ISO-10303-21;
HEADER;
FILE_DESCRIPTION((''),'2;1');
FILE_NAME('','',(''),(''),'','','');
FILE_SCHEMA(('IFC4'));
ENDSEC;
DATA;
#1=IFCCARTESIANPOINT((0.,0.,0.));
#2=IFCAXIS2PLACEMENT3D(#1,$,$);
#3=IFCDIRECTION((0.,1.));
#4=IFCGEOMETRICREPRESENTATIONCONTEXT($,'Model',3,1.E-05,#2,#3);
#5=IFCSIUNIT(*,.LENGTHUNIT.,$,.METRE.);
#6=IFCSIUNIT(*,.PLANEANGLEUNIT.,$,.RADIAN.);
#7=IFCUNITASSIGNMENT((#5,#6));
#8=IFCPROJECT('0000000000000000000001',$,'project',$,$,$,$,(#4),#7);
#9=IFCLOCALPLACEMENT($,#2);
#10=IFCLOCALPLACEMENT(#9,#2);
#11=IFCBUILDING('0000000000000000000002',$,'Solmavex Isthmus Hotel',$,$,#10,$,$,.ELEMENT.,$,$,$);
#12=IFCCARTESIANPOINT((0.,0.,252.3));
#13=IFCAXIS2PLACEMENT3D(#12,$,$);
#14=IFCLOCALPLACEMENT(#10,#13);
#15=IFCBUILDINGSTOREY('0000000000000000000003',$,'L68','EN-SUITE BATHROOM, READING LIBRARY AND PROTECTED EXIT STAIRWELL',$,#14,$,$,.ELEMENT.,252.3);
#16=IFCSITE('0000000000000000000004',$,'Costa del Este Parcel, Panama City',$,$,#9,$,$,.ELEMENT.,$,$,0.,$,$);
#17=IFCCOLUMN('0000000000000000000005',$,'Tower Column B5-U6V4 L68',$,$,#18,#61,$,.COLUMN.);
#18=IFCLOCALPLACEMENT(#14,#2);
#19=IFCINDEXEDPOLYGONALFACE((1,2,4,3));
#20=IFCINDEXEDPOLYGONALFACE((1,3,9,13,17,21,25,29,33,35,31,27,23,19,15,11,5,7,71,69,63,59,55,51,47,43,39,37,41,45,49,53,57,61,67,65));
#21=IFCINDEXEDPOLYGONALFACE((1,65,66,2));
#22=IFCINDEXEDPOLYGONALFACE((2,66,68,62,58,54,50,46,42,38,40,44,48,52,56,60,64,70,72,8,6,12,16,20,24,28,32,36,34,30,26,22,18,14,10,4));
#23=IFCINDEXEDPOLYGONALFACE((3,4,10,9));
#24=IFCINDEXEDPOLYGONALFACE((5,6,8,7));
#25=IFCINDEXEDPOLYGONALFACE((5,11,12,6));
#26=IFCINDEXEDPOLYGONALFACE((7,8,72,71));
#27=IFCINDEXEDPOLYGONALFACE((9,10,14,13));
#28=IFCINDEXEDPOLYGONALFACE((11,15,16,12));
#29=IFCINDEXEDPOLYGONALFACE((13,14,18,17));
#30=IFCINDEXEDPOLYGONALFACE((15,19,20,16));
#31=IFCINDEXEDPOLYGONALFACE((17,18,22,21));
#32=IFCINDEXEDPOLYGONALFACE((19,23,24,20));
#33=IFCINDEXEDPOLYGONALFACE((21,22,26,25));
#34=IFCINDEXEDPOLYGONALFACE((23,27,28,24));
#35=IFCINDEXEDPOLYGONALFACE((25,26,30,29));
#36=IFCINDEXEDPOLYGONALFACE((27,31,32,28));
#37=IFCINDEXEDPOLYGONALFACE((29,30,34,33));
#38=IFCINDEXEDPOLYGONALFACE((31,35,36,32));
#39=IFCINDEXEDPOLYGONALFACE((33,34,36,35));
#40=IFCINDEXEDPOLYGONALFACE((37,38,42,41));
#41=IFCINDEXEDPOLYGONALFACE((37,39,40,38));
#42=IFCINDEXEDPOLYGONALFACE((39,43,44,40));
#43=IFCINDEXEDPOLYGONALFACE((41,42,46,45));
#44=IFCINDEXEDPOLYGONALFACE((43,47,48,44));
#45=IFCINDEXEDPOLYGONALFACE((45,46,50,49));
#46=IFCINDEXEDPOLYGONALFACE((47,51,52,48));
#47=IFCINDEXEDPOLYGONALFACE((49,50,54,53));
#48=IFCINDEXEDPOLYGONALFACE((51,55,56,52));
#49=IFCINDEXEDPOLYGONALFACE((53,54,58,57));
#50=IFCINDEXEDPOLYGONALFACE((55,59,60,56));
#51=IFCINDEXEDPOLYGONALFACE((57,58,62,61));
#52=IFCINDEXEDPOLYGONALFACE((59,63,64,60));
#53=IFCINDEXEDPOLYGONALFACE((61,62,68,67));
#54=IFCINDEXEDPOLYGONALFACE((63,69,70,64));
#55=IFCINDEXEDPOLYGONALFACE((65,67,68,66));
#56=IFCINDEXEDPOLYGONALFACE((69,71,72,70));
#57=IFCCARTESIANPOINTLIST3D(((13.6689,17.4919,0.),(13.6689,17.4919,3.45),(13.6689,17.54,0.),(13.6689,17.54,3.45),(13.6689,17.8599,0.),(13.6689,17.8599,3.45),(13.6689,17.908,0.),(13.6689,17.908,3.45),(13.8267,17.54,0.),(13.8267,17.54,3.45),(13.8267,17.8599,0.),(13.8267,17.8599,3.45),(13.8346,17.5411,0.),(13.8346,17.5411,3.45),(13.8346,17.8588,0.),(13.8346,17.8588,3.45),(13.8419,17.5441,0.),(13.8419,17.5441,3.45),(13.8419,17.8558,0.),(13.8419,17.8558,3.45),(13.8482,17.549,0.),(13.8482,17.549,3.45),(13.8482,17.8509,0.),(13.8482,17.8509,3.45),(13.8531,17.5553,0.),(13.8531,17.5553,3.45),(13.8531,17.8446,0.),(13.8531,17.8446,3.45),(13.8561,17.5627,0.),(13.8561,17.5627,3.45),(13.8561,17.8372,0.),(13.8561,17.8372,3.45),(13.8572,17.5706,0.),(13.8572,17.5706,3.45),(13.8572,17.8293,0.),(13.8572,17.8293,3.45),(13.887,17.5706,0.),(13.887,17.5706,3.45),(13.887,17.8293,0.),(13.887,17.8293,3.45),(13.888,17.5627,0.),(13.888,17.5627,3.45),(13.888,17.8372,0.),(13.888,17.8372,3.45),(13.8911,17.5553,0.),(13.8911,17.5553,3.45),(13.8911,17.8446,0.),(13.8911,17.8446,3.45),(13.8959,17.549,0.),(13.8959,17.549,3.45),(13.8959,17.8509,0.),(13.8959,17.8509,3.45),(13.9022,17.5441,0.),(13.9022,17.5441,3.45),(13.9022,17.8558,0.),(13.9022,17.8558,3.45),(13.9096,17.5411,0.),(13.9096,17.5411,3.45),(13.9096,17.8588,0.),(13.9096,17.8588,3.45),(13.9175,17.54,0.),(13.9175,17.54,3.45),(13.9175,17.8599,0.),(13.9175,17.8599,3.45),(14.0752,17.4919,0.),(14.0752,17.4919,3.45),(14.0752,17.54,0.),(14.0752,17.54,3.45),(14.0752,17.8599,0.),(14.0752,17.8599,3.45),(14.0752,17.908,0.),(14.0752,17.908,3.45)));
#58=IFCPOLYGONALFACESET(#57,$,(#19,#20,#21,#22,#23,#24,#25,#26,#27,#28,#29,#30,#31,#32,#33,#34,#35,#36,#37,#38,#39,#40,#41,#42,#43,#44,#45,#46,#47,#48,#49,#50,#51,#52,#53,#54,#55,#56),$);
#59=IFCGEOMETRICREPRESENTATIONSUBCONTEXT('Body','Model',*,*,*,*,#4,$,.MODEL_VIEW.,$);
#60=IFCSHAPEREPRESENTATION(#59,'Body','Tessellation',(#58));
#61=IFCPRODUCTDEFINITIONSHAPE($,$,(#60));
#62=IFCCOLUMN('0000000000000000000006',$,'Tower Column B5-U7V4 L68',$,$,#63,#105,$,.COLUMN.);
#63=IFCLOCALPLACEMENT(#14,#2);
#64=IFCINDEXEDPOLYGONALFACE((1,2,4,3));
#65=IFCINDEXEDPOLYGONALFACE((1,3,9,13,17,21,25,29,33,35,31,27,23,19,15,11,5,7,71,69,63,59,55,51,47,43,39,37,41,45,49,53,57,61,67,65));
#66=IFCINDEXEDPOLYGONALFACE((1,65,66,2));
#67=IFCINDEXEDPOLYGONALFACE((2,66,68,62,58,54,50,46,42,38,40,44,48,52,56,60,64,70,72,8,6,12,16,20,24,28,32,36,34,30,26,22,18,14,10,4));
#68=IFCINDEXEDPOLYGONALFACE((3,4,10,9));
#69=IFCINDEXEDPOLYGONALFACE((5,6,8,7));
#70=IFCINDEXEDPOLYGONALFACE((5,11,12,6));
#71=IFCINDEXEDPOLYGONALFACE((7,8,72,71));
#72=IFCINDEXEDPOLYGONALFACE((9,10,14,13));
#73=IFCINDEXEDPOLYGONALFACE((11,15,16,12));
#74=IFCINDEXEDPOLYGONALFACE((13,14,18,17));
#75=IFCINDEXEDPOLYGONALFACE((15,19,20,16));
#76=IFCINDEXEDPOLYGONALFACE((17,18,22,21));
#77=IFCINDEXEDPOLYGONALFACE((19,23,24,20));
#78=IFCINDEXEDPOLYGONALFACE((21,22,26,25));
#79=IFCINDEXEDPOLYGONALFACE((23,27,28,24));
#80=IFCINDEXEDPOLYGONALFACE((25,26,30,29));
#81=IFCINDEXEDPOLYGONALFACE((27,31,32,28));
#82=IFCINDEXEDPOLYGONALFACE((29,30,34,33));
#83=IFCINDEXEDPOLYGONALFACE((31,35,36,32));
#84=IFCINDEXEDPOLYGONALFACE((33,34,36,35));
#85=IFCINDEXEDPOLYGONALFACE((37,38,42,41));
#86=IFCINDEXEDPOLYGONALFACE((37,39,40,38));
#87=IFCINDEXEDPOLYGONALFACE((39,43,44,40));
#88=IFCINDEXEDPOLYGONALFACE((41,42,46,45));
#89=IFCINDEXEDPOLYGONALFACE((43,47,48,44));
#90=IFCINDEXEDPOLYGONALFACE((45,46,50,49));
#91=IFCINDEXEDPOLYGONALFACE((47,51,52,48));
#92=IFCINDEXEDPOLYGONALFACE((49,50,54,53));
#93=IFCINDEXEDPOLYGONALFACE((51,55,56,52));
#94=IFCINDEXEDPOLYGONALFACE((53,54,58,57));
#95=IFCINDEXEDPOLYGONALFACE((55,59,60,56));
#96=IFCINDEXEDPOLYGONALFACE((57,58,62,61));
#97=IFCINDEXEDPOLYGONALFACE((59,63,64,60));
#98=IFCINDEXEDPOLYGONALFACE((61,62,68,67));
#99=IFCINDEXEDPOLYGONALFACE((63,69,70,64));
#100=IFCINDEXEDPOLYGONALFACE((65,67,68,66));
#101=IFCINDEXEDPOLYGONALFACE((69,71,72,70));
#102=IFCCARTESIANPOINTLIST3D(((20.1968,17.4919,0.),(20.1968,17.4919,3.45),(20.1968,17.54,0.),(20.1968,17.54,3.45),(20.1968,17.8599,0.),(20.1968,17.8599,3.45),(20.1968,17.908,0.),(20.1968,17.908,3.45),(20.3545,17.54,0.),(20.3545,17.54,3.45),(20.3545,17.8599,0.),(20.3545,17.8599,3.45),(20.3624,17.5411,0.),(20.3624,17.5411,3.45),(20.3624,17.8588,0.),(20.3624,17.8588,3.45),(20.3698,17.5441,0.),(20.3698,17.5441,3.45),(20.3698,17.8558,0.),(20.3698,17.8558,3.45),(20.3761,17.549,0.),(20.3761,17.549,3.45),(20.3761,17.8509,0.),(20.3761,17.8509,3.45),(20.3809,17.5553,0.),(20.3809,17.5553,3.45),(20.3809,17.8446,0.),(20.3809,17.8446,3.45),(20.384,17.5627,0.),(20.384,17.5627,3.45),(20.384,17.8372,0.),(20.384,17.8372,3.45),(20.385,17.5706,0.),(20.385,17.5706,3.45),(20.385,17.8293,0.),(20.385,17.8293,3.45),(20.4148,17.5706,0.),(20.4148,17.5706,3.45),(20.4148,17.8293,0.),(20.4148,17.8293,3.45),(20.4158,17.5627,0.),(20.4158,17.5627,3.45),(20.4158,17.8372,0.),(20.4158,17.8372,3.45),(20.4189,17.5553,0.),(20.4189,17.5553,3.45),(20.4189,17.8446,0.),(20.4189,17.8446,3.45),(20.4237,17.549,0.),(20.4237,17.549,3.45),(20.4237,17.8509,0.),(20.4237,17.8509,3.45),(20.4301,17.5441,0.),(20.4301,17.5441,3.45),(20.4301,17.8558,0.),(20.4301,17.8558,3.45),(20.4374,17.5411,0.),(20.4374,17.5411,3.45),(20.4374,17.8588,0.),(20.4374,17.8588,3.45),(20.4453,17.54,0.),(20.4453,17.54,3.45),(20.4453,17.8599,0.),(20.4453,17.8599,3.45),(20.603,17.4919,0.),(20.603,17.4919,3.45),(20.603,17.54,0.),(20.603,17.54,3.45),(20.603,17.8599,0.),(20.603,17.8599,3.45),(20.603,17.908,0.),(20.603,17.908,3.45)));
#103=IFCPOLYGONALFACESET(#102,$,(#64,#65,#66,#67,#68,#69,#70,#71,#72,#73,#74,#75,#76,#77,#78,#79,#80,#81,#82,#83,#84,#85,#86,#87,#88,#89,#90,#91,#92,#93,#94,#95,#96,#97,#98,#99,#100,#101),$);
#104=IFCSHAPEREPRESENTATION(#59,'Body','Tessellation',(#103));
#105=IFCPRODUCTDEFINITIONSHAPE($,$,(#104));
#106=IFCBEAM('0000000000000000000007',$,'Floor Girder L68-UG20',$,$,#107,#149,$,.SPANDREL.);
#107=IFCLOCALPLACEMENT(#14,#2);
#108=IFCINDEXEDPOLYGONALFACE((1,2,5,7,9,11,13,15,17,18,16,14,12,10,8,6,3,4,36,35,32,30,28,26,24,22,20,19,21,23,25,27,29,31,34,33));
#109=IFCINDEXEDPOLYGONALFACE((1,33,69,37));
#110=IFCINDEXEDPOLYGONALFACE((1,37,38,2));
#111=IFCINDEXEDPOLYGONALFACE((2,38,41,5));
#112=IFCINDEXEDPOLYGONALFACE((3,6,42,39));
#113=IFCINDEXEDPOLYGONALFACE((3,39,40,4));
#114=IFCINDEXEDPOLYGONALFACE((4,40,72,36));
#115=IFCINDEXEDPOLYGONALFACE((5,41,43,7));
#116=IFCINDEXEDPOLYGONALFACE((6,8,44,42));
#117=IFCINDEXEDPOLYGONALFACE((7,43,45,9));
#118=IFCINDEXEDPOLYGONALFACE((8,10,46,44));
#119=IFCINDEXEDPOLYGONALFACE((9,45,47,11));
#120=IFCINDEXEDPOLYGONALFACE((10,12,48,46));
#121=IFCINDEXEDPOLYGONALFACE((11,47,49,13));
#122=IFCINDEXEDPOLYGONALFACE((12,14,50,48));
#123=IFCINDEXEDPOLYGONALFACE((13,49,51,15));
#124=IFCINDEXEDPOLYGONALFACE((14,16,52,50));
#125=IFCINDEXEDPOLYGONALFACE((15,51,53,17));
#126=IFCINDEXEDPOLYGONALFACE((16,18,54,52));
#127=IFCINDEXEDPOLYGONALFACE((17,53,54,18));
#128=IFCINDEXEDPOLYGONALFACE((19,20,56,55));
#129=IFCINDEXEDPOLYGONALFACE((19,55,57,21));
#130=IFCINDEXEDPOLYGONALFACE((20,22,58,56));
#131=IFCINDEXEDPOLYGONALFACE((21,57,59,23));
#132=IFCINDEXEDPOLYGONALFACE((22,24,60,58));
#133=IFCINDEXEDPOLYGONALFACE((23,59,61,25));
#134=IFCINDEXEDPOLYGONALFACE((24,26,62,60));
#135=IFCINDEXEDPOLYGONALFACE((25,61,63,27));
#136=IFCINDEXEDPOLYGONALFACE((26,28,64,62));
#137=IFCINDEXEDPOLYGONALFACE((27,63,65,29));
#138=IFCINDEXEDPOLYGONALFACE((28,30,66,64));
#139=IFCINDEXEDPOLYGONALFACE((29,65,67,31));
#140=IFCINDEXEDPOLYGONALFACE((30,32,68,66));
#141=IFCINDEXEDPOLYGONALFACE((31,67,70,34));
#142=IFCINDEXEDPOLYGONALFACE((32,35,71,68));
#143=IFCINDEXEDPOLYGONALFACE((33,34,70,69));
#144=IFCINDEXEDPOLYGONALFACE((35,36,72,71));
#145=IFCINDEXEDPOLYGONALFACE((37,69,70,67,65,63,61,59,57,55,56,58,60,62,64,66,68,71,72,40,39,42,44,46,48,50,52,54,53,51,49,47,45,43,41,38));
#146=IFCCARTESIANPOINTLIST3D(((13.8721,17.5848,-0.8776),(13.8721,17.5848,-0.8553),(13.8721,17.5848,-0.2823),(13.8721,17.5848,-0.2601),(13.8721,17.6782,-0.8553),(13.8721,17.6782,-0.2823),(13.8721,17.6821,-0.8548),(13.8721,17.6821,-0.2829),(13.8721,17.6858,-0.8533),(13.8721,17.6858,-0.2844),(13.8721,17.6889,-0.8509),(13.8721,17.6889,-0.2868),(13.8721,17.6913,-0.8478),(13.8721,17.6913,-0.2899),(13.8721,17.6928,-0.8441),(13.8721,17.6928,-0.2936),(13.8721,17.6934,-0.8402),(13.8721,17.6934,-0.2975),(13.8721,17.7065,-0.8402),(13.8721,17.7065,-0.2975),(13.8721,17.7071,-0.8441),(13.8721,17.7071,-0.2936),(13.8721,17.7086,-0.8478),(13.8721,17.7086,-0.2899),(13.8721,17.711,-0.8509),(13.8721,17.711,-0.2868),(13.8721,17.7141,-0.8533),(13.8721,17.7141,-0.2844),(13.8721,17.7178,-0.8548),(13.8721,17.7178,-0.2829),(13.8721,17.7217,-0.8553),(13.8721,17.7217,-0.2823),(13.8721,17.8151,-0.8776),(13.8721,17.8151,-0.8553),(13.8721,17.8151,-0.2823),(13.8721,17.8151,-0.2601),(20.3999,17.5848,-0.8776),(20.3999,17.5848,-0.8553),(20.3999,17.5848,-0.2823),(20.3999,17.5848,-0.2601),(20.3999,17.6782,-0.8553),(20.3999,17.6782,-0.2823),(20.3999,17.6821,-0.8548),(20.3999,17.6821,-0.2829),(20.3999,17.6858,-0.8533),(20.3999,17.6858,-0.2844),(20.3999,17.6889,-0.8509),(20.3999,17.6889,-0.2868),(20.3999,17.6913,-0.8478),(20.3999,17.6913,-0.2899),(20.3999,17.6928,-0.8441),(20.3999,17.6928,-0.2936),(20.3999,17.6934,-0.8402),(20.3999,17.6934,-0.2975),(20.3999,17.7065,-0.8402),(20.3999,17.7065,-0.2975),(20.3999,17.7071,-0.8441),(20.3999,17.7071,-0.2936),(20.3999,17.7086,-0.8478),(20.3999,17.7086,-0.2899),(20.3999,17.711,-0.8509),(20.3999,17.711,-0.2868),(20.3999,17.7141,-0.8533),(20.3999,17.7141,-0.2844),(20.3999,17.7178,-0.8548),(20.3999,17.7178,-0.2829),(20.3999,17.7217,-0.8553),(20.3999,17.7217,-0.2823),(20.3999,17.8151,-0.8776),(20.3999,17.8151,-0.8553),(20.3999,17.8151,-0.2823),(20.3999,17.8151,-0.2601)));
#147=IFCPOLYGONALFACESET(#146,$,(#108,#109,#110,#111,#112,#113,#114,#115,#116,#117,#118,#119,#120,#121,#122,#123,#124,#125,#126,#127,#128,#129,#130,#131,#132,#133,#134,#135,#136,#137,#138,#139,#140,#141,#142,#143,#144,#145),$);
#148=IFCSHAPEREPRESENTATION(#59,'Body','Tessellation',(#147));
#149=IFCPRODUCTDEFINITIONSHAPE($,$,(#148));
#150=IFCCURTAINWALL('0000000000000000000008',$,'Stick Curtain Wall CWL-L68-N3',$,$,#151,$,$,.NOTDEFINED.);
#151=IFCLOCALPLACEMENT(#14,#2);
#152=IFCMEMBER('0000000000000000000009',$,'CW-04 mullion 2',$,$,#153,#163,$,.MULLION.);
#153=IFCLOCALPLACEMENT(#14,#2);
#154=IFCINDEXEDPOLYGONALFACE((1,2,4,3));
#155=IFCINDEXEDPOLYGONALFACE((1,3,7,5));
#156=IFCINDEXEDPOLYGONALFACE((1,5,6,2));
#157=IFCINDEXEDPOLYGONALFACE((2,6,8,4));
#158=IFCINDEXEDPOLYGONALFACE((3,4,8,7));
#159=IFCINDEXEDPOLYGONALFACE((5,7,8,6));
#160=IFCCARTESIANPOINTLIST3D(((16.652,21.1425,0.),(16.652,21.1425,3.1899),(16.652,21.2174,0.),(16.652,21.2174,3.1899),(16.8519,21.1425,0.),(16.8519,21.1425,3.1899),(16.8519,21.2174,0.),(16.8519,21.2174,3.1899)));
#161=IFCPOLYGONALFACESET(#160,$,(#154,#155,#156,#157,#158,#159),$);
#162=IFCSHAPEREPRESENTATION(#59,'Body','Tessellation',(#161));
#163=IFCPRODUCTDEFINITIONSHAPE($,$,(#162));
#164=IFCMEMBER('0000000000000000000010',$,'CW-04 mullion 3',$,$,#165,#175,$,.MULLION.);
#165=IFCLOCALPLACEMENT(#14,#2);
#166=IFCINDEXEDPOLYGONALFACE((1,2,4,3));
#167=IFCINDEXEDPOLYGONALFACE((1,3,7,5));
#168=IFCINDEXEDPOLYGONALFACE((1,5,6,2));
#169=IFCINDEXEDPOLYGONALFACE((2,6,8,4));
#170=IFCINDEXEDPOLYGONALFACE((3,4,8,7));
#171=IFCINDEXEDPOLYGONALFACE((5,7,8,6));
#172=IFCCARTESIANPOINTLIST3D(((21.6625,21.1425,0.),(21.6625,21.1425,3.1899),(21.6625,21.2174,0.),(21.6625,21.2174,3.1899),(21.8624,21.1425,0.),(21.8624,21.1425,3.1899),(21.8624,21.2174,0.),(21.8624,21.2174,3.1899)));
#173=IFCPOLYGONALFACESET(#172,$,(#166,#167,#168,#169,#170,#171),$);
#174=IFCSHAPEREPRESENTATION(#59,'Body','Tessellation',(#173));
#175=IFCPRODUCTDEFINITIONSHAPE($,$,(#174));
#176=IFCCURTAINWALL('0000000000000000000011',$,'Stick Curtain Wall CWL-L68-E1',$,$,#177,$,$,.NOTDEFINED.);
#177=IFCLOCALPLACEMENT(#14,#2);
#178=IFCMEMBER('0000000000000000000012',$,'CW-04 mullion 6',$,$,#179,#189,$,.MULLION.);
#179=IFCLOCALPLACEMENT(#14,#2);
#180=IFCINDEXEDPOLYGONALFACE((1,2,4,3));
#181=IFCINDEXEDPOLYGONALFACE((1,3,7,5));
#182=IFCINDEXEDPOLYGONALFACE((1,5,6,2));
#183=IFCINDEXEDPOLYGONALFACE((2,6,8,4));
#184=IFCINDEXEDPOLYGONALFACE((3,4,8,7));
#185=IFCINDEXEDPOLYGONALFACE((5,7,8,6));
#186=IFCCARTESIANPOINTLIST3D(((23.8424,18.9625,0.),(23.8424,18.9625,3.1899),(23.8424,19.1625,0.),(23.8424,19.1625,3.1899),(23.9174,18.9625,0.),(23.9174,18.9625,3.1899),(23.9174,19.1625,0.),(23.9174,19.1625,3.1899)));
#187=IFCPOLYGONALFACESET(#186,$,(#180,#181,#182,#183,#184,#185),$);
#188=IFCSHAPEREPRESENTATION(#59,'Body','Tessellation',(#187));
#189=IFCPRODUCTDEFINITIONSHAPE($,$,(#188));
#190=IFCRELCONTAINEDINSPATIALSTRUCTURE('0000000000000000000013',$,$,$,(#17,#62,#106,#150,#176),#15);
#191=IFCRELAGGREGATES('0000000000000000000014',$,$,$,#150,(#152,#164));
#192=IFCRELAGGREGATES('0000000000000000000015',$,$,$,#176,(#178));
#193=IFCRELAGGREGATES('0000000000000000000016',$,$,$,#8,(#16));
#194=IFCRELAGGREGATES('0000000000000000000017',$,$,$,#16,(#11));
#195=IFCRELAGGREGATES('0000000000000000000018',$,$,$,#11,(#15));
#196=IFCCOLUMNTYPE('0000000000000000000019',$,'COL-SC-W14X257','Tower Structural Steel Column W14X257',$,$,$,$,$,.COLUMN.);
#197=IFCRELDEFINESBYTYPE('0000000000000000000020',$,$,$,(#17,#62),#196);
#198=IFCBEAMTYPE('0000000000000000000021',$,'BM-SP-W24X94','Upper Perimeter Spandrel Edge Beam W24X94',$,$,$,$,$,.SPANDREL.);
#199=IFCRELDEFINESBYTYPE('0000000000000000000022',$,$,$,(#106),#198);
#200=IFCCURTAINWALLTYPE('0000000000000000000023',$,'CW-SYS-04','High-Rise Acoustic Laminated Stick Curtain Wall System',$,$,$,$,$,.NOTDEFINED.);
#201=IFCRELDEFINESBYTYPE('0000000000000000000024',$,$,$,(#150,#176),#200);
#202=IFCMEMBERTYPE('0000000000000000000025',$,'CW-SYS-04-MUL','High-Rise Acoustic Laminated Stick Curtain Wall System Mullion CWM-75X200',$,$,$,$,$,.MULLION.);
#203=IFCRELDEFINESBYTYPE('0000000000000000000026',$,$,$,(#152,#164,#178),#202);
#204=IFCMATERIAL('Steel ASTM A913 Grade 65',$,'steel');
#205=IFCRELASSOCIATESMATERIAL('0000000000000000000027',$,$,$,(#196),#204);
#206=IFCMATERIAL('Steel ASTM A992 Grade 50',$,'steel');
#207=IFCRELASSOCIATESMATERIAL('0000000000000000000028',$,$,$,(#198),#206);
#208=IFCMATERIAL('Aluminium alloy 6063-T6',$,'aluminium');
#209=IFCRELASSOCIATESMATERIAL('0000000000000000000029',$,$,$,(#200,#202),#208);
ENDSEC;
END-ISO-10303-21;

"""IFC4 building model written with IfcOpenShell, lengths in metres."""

from ifc_helpers import new_model, si_unit, direction, frame, origin, origin_2d, place, context, subcontext, project, spatial, rectangle, i_section, extrude, material, material_profile, profile_set, type_object, element, aggregate, save


model = new_model("IFC4")

# Units and contexts
model_context = context("Model", 3, precision=1e-05, world=origin(), true_north=direction((0.0, 1.0)))
body_context = subcontext(model_context, "Body", "Model", "MODEL_VIEW")
ifc_project = project(units=[si_unit("LENGTHUNIT", "METRE"), si_unit("PLANEANGLEUNIT", "RADIAN")], contexts=[model_context])

# Site, building, storey
site_placement = place(None, origin())
site = spatial("IfcSite", under=ifc_project, at=site_placement, Name="Costa del Este Parcel, Panama City", CompositionType="ELEMENT", RefElevation=0.0)
building_placement = place(site_placement, origin())
building = spatial("IfcBuilding", under=site, at=building_placement, Name="Solmavex Isthmus Hotel", CompositionType="ELEMENT")
storey_placement = place(building_placement, frame((0.0, 0.0, 252.3)))
storey = spatial("IfcBuildingStorey", under=building, at=storey_placement, Name="L68", Description="EN-SUITE BATHROOM, READING LIBRARY AND PROTECTED EXIT STAIRWELL", CompositionType="ELEMENT", Elevation=252.3)

# Columns
ifc_material_1 = material(Name="Steel ASTM A913 Grade 65", Category="steel")
ifc_material_profile_1 = material_profile(ifc_material_1, i_section(OverallWidth=0.4062, OverallDepth=0.416, WebThickness=0.0298, FlangeThickness=0.0481, FilletRadius=0.0305, at=origin_2d()), Name="W14X257")
ifc_profile_set_1 = profile_set([ifc_material_profile_1], Name="Steel ASTM A913 Grade 65")
column_type = type_object("IfcColumnType", Name="COL-SC-W14X257", Description="Tower Structural Steel Column W14X257", PredefinedType="COLUMN", material=ifc_profile_set_1)
for number, where, z_axis, x_axis, name in (
    (1, (13.8721, 17.7, 0.0), (0.0, 0.0, 1.0), (1.0, 0.0, 0.0), "Tower Column B5-U6V4 L68"),
    (2, (20.3999, 17.7, 0.0), (0.0, 0.0, 1.0), (1.0, 0.0, 0.0), "Tower Column B5-U7V4 L68"),
):
    element("IfcColumn", number, at=place(storey_placement, frame(where, z_axis=z_axis, x_axis=x_axis)), inside=storey, type_object=column_type, Name=name, PredefinedType="COLUMN", context=body_context, shape_type="SweptSolid", body=[
        extrude(i_section(OverallWidth=0.4062, OverallDepth=0.416, WebThickness=0.0298, FlangeThickness=0.0481, FilletRadius=0.0305, at=origin_2d()), origin(), (0.0, 0.0, 1.0), 3.45),
    ])

# Beam
ifc_material_2 = material(Name="Steel ASTM A992 Grade 50", Category="steel")
ifc_material_profile_2 = material_profile(ifc_material_2, i_section(OverallWidth=0.2302, OverallDepth=0.6174, WebThickness=0.0132, FlangeThickness=0.0222, FilletRadius=0.0151, at=origin_2d()), Name="W24X94")
ifc_profile_set_2 = profile_set([ifc_material_profile_2], Name="Steel ASTM A992 Grade 50")
beam_type = type_object("IfcBeamType", Name="BM-SP-W24X94", Description="Upper Perimeter Spandrel Edge Beam W24X94", PredefinedType="SPANDREL", material=ifc_profile_set_2)
beam_placement = place(storey_placement, frame((13.8721, 17.7, -0.5688), z_axis=(1.0, 0.0, 0.0), x_axis=(0.0, 1.0, 0.0)))
element("IfcBeam", 3, at=beam_placement, inside=storey, type_object=beam_type, Name="Floor Girder L68-UG20", PredefinedType="SPANDREL", context=body_context, shape_type="SweptSolid", body=[
    extrude(i_section(OverallWidth=0.2302, OverallDepth=0.6174, WebThickness=0.0132, FlangeThickness=0.0222, FilletRadius=0.0151, at=origin_2d()), origin(), (0.0, 0.0, 1.0), 6.5278),
])

# Curtain wall, members
ifc_material_3 = material(Name="Aluminium alloy 6063-T6", Category="aluminium")
curtain_wall_type = type_object("IfcCurtainWallType", Name="CW-SYS-04", Description="High-Rise Acoustic Laminated Stick Curtain Wall System", PredefinedType="NOTDEFINED", material=ifc_material_3)
curtain_wall_1_placement = place(storey_placement, origin())
curtain_wall_1 = element("IfcCurtainWall", 4, at=curtain_wall_1_placement, inside=storey, type_object=curtain_wall_type, Name="Stick Curtain Wall CWL-L68-N3", PredefinedType="NOTDEFINED")
ifc_material_profile_3 = material_profile(ifc_material_3, rectangle(XDim=0.075, YDim=0.2, at=origin_2d()), Name="CWM-75X200")
ifc_profile_set_3 = profile_set([ifc_material_profile_3], Name="Aluminium alloy 6063-T6")
member_type_1 = type_object("IfcMemberType", Name="CW-SYS-04-MUL", Description="High-Rise Acoustic Laminated Stick Curtain Wall System Mullion CWM-75X200", PredefinedType="MULLION", material=ifc_profile_set_3)
member_1_placement = place(storey_placement, frame((16.752, 21.1799, 0.0), z_axis=(0.0, 0.0, 1.0), x_axis=(0.0, 1.0, 0.0)))
member_1 = element("IfcMember", 5, at=member_1_placement, type_object=member_type_1, Name="CW-04 mullion 2", PredefinedType="MULLION", context=body_context, shape_type="SweptSolid", body=[
    extrude(rectangle(XDim=0.075, YDim=0.2, at=origin_2d()), origin(), (0.0, 0.0, 1.0), 3.1899),
])
member_2_placement = place(storey_placement, frame((21.7625, 21.1799, 0.0), z_axis=(0.0, 0.0, 1.0), x_axis=(0.0, 1.0, 0.0)))
member_2 = element("IfcMember", 6, at=member_2_placement, type_object=member_type_1, Name="CW-04 mullion 3", PredefinedType="MULLION", context=body_context, shape_type="SweptSolid", body=[
    extrude(rectangle(XDim=0.075, YDim=0.2, at=origin_2d()), origin(), (0.0, 0.0, 1.0), 3.1899),
])

# Curtain wall, member
curtain_wall_2_placement = place(storey_placement, origin())
curtain_wall_2 = element("IfcCurtainWall", 7, at=curtain_wall_2_placement, inside=storey, type_object=curtain_wall_type, Name="Stick Curtain Wall CWL-L68-E1", PredefinedType="NOTDEFINED")
member_3_placement = place(storey_placement, frame((23.8799, 19.0625, 0.0), z_axis=(0.0, 0.0, 1.0), x_axis=(-1.0, 0.0, 0.0)))
member_3 = element("IfcMember", 8, at=member_3_placement, type_object=member_type_1, Name="CW-04 mullion 6", PredefinedType="MULLION", context=body_context, shape_type="SweptSolid", body=[
    extrude(rectangle(XDim=0.075, YDim=0.2, at=origin_2d()), origin(), (0.0, 0.0, 1.0), 3.1899),
])

aggregate(curtain_wall_1, [member_1, member_2])
aggregate(curtain_wall_2, [member_3])

save(model, "model.ifc")
